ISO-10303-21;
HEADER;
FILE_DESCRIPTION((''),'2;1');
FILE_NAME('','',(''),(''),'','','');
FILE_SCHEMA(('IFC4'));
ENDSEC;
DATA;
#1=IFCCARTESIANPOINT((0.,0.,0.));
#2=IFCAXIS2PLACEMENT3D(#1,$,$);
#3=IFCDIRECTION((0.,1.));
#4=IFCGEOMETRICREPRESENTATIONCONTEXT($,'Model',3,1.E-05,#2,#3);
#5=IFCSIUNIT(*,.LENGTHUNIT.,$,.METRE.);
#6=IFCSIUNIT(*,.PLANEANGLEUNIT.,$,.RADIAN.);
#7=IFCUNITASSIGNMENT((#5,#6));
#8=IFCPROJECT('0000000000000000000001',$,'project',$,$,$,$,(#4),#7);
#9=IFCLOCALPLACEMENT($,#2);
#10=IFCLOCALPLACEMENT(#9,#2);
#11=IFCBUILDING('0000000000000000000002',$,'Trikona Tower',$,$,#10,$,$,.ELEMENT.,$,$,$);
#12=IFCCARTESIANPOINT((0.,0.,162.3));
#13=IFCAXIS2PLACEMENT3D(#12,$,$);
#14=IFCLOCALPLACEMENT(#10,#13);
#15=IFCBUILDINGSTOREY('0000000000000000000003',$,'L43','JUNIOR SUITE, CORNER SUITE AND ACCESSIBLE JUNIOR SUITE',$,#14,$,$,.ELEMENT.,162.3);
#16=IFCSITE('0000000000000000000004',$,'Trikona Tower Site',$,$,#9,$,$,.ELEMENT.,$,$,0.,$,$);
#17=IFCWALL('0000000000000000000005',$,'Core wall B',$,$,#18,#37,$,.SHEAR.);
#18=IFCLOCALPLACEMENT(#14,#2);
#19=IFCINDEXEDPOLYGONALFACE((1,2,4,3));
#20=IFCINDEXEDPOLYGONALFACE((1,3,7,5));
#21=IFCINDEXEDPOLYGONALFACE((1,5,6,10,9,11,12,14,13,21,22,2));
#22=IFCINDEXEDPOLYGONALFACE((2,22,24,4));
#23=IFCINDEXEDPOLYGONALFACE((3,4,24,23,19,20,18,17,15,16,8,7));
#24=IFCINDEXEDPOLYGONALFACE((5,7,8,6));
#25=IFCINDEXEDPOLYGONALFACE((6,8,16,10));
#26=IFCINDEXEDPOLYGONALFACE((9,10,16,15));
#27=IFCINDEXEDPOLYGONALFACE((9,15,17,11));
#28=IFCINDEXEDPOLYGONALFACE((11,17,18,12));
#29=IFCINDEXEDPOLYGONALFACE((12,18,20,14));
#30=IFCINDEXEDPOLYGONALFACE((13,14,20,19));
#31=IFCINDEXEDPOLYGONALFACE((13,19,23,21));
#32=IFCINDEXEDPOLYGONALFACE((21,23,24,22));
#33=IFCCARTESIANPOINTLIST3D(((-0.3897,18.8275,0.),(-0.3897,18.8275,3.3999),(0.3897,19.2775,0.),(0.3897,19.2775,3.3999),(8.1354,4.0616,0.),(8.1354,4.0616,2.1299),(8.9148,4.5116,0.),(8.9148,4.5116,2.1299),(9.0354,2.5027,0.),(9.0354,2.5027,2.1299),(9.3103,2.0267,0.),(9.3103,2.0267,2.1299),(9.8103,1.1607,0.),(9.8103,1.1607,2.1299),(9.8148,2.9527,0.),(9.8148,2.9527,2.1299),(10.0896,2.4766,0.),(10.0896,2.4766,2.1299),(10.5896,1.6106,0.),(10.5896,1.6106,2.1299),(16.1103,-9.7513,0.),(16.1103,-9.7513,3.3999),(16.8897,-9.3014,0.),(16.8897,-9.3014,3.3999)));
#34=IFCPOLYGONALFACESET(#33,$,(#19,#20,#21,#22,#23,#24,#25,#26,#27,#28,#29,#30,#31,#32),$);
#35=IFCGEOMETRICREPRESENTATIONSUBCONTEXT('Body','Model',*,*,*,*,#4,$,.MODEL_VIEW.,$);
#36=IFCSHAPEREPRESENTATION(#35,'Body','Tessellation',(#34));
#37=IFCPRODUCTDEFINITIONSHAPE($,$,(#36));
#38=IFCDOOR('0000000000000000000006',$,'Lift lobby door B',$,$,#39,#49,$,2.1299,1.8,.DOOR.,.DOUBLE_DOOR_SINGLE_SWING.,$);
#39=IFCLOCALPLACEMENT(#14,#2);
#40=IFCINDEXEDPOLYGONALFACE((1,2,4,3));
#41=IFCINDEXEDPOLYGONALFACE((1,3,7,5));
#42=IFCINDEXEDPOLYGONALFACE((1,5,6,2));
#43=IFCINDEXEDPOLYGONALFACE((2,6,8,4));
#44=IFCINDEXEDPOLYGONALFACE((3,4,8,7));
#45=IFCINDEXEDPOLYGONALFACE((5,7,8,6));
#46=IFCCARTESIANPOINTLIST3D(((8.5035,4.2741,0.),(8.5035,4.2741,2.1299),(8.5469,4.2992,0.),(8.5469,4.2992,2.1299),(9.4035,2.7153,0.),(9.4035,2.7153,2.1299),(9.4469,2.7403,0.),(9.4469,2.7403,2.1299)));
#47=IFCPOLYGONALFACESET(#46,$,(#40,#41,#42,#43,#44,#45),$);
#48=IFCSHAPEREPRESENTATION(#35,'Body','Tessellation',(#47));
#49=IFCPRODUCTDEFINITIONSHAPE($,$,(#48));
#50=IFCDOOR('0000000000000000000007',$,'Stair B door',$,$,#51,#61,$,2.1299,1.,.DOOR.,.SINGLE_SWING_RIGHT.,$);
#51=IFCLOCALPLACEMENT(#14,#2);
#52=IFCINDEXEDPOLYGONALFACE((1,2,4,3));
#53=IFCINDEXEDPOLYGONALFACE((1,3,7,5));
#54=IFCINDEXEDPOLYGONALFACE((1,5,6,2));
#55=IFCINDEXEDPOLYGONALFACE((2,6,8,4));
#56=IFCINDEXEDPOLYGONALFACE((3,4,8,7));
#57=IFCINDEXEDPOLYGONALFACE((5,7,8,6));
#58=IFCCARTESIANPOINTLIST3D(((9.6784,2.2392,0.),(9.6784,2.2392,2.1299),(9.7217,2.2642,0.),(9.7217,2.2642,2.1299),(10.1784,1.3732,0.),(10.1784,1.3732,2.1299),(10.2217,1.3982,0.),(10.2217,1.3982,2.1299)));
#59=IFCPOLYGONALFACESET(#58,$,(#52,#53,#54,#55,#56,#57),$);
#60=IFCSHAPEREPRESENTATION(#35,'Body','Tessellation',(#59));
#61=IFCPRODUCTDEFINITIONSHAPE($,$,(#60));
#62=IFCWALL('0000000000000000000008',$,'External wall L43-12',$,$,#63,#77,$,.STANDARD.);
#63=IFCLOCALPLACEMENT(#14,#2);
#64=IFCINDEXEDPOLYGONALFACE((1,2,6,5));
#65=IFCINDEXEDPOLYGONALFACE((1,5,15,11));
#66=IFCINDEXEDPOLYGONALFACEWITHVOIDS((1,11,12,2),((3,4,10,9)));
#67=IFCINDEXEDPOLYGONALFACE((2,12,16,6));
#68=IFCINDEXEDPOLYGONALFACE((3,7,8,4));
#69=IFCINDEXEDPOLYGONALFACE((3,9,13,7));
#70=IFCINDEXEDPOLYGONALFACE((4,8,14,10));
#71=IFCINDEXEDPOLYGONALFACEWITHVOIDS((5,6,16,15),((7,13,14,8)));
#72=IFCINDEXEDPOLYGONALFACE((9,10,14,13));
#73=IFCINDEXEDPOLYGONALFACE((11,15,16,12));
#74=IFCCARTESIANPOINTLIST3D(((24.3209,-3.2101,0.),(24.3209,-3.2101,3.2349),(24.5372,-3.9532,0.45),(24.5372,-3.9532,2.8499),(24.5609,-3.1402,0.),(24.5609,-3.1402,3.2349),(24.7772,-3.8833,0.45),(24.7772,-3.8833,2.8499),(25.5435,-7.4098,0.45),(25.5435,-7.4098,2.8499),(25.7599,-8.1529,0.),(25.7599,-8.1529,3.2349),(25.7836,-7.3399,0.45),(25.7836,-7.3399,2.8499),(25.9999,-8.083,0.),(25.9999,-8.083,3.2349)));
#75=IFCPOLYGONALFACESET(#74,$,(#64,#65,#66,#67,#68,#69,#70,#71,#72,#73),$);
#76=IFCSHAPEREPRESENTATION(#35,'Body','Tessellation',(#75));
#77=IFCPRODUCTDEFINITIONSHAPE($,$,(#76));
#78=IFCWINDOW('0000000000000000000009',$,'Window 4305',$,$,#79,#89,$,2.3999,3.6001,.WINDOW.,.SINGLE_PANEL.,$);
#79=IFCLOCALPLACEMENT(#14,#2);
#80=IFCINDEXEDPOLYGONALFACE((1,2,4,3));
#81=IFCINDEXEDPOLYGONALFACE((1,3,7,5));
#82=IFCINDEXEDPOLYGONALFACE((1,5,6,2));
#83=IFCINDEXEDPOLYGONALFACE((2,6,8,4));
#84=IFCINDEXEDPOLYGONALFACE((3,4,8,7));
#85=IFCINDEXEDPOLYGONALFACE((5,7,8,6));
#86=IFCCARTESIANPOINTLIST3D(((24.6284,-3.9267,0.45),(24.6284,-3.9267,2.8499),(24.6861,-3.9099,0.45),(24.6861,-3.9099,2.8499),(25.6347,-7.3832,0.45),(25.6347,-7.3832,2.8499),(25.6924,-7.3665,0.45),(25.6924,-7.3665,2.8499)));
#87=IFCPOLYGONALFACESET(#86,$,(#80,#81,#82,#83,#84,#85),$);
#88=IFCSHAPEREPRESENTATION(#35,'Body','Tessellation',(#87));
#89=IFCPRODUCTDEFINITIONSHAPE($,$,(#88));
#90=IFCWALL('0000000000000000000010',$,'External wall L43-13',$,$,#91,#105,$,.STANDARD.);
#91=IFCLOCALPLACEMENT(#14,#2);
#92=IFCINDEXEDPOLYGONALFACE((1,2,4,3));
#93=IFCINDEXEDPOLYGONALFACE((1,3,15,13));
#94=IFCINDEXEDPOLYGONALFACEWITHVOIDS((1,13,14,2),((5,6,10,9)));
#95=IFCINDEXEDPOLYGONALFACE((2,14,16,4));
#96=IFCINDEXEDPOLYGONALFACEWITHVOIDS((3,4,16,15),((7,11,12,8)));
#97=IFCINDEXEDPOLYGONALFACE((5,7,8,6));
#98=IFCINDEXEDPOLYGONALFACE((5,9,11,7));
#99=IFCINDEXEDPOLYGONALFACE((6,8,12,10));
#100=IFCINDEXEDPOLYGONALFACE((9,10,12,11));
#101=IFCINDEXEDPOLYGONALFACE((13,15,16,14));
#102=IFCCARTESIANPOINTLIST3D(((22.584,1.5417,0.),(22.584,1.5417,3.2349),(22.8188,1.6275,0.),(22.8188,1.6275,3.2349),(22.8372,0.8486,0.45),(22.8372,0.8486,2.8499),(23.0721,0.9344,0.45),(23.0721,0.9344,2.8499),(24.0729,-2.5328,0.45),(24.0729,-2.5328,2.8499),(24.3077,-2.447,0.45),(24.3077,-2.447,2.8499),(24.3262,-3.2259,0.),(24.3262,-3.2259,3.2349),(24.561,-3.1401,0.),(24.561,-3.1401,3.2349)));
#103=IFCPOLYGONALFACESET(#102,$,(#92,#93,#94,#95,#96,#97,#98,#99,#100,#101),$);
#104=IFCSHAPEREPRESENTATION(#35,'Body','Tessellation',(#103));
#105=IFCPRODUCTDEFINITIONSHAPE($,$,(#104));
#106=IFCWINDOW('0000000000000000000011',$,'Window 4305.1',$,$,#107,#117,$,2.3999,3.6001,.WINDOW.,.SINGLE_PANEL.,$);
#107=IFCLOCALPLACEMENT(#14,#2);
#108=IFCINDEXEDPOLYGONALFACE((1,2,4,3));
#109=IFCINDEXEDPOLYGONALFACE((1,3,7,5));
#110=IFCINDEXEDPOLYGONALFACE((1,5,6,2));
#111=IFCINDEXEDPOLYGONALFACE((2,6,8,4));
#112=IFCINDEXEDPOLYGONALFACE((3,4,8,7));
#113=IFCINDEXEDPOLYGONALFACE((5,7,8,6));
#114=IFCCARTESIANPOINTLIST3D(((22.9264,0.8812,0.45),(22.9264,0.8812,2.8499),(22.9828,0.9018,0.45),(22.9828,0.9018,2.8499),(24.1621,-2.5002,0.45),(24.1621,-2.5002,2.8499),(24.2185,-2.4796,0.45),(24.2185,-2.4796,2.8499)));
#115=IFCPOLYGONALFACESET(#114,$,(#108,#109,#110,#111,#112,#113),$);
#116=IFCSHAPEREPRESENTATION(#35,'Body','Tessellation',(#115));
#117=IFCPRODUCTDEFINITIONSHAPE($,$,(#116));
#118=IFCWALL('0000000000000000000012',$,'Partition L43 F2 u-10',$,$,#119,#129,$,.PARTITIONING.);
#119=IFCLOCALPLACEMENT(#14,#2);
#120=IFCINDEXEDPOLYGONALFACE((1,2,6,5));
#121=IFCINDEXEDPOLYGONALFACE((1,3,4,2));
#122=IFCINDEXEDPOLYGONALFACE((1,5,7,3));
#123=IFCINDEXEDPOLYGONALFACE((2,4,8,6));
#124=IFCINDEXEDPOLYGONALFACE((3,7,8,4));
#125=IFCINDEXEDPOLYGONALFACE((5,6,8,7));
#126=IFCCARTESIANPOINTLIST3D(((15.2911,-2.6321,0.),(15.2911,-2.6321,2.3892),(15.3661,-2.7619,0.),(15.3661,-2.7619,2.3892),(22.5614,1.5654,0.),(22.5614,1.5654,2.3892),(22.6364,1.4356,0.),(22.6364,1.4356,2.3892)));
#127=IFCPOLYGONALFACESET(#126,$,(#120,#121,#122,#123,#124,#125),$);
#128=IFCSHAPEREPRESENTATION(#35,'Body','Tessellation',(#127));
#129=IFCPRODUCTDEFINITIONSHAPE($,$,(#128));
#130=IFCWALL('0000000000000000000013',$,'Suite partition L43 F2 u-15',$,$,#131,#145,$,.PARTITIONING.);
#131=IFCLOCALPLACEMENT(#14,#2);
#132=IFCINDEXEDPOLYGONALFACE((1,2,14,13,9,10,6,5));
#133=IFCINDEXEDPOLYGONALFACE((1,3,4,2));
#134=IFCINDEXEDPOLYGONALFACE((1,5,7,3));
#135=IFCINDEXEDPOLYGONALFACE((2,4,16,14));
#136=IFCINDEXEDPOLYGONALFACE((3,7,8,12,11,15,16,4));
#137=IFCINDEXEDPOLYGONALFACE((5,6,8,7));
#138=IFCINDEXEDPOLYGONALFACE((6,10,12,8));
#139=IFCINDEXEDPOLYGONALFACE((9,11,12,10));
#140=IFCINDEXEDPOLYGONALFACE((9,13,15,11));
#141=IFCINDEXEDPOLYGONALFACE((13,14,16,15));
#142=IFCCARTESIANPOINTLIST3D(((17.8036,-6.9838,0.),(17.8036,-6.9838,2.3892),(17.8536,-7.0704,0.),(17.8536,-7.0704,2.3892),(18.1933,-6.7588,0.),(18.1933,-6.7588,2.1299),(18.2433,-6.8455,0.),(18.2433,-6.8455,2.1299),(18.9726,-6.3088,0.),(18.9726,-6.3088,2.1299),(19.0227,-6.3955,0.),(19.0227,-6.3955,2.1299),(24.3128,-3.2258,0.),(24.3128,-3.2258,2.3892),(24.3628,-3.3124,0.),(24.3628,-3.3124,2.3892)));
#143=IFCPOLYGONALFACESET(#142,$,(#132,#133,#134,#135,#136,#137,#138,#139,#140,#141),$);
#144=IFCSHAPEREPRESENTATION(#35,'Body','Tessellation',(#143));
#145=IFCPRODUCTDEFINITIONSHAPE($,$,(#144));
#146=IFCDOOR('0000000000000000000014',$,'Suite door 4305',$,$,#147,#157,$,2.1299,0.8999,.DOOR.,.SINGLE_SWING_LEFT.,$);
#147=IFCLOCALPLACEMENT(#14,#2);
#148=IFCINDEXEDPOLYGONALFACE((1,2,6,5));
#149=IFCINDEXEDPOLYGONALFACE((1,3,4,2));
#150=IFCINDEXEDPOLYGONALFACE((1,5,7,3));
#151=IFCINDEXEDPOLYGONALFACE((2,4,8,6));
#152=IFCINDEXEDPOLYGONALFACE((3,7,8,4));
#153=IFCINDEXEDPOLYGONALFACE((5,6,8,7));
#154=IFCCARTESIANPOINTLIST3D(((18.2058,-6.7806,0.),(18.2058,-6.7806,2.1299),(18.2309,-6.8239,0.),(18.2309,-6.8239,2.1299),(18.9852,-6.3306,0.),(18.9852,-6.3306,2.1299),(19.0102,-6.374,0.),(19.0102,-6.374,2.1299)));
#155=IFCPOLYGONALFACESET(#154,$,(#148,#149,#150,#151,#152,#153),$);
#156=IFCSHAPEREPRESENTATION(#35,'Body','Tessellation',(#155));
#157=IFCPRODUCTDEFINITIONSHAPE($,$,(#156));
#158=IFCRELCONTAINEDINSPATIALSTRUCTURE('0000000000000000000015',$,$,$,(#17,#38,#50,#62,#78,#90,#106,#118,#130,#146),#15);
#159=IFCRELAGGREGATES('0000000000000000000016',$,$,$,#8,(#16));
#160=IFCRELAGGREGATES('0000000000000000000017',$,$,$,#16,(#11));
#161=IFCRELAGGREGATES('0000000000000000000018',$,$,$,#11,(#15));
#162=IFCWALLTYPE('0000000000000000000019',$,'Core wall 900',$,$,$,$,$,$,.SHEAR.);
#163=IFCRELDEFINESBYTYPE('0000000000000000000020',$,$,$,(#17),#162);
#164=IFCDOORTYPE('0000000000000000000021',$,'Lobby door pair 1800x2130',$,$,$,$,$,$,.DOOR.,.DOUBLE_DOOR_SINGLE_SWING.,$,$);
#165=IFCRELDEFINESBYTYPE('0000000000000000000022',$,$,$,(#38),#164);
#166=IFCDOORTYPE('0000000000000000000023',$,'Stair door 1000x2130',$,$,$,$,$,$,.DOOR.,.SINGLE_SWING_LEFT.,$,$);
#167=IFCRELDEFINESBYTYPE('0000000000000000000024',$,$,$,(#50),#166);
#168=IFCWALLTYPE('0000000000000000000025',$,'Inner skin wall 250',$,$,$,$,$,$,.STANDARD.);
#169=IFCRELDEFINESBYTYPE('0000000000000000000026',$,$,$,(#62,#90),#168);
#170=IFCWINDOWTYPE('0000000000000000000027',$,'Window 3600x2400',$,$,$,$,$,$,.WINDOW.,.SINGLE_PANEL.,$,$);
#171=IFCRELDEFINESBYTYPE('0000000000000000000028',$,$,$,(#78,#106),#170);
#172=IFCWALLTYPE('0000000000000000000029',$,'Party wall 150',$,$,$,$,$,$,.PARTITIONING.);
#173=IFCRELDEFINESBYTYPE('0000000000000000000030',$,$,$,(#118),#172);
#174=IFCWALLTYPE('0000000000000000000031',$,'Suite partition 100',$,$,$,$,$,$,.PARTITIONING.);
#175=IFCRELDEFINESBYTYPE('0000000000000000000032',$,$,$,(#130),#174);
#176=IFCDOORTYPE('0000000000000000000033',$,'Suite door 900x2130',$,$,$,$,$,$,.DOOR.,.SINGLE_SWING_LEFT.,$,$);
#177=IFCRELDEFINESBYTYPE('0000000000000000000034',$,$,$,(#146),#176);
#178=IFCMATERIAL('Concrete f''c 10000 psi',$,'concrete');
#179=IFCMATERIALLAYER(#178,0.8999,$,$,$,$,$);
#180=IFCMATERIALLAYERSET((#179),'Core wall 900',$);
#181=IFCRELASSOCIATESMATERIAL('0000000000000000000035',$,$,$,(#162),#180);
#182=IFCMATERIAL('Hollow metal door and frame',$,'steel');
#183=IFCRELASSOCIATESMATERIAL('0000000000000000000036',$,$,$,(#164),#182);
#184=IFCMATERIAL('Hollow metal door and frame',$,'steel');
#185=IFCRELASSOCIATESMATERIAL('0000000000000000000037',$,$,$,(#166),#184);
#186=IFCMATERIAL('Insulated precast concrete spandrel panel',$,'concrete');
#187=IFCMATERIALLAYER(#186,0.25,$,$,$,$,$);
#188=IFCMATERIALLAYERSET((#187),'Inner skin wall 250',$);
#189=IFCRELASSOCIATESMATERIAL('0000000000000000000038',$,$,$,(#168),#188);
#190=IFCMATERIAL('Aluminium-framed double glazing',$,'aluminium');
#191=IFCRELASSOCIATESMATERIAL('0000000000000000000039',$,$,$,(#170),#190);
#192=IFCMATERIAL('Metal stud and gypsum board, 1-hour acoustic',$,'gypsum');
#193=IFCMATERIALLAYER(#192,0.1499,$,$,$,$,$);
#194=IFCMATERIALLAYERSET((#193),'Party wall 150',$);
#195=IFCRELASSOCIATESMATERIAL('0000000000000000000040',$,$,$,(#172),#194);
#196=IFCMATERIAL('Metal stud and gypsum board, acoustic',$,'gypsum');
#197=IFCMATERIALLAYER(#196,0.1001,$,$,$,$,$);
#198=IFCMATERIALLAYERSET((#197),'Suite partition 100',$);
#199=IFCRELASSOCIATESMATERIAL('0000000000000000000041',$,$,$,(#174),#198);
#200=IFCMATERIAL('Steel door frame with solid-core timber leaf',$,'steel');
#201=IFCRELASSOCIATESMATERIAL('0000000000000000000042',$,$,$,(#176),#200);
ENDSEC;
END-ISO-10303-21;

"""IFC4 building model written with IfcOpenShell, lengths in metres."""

from ifc_helpers import new_model, si_unit, direction, frame, frame_2d, origin, place, context, subcontext, project, spatial, rectangle, extrude, material, layer, layer_set, type_object, element, fill, save


model = new_model("IFC4")

# Units and contexts
model_context = context("Model", 3, precision=1e-05, world=origin(), true_north=direction((0.0, 1.0)))
body_context = subcontext(model_context, "Body", "Model", "MODEL_VIEW")
ifc_project = project(units=[si_unit("LENGTHUNIT", "METRE"), si_unit("PLANEANGLEUNIT", "RADIAN")], contexts=[model_context])

# Site, building, storey
site_placement = place(None, origin())
site = spatial("IfcSite", under=ifc_project, at=site_placement, Name="Trikona Tower Site", CompositionType="ELEMENT", RefElevation=0.0)
building_placement = place(site_placement, origin())
building = spatial("IfcBuilding", under=site, at=building_placement, Name="Trikona Tower", CompositionType="ELEMENT")
storey_placement = place(building_placement, frame((0.0, 0.0, 162.3)))
storey = spatial("IfcBuildingStorey", under=building, at=storey_placement, Name="L43", Description="JUNIOR SUITE, CORNER SUITE AND ACCESSIBLE JUNIOR SUITE", CompositionType="ELEMENT", Elevation=162.3)

# Wall, openings, doors
ifc_material_1 = material(Name="Concrete f'c 10000 psi", Category="concrete")
ifc_layer_1 = layer(ifc_material_1, 0.8999)
ifc_layer_set_1 = layer_set([ifc_layer_1], Name="Core wall 900")
wall_type_1 = type_object("IfcWallType", Name="Core wall 900", PredefinedType="SHEAR", material=ifc_layer_set_1)
wall_1_placement = place(storey_placement, frame((16.5, -9.5264, 0.0), z_axis=(0.0, 0.0, 1.0), x_axis=(-0.5, 0.866026, 0.0)))
wall_1 = element("IfcWall", 1, at=wall_1_placement, inside=storey, type_object=wall_type_1, Name="Core wall B", PredefinedType="SHEAR", context=body_context, shape_type="SweptSolid", body=[
    extrude(rectangle(XDim=33.0, YDim=0.8999, at=frame_2d((16.5, 0.0))), origin(), (0.0, 0.0, 1.0), 3.3999),
])
opening_1_placement = place(wall_1_placement, frame((14.1499, 0.0, 0.0)))
opening_1 = element("IfcOpeningElement", 2, at=opening_1_placement, cuts=wall_1, PredefinedType="OPENING", context=body_context, shape_type="SweptSolid", body=[
    extrude(rectangle(XDim=1.8, YDim=2.1299, at=frame_2d((0.8999, 1.0649))), frame((0.0, 0.46, 0.0), z_axis=(0.0, -1.0, 0.0), x_axis=(1.0, 0.0, 0.0)), (0.0, 0.0, 1.0), 0.9199),
])
opening_2_placement = place(wall_1_placement, frame((12.6001, 0.0, 0.0)))
opening_2 = element("IfcOpeningElement", 3, at=opening_2_placement, cuts=wall_1, PredefinedType="OPENING", context=body_context, shape_type="SweptSolid", body=[
    extrude(rectangle(XDim=1.0, YDim=2.1299, at=frame_2d((0.5, 1.0649))), frame((0.0, 0.46, 0.0), z_axis=(0.0, -1.0, 0.0), x_axis=(1.0, 0.0, 0.0)), (0.0, 0.0, 1.0), 0.9199),
])
ifc_material_2 = material(Name="Hollow metal door and frame", Category="steel")
door_type_1 = type_object("IfcDoorType", Name="Lobby door pair 1800x2130", OperationType="DOUBLE_DOOR_SINGLE_SWING", PredefinedType="DOOR", material=ifc_material_2)
door_1_placement = place(opening_1_placement, origin())
door_1 = element("IfcDoor", 4, at=door_1_placement, inside=storey, type_object=door_type_1, Name="Lift lobby door B", OperationType="DOUBLE_DOOR_SINGLE_SWING", OverallHeight=2.1299, OverallWidth=1.8, PredefinedType="DOOR", context=body_context, shape_type="SweptSolid", body=[
    extrude(rectangle(XDim=1.8, YDim=2.1299, at=frame_2d((0.8999, 1.0649))), frame((0.0, 0.0249, 0.0), z_axis=(0.0, -1.0, 0.0), x_axis=(1.0, 0.0, 0.0)), (0.0, 0.0, 1.0), 0.05),
])
fill(opening_1, door_1)
ifc_material_3 = material(Name="Hollow metal door and frame", Category="steel")
door_type_2 = type_object("IfcDoorType", Name="Stair door 1000x2130", OperationType="SINGLE_SWING_LEFT", PredefinedType="DOOR", material=ifc_material_3)
door_2_placement = place(opening_2_placement, origin())
door_2 = element("IfcDoor", 5, at=door_2_placement, inside=storey, type_object=door_type_2, Name="Stair B door", OperationType="SINGLE_SWING_RIGHT", OverallHeight=2.1299, OverallWidth=1.0, PredefinedType="DOOR", context=body_context, shape_type="SweptSolid", body=[
    extrude(rectangle(XDim=1.0, YDim=2.1299, at=frame_2d((0.5, 1.0649))), frame((0.0, 0.0249, 0.0), z_axis=(0.0, -1.0, 0.0), x_axis=(1.0, 0.0, 0.0)), (0.0, 0.0, 1.0), 0.05),
])
fill(opening_2, door_2)

# Walls, openings, windows
ifc_material_4 = material(Name="Insulated precast concrete spandrel panel", Category="concrete")
ifc_layer_2 = layer(ifc_material_4, 0.25)
ifc_layer_set_2 = layer_set([ifc_layer_2], Name="Inner skin wall 250")
wall_type_2 = type_object("IfcWallType", Name="Inner skin wall 250", PredefinedType="STANDARD", material=ifc_layer_set_2)
wall_2_placement = place(storey_placement, frame((25.8799, -8.1179, 0.0), z_axis=(0.0, 0.0, 1.0), x_axis=(-0.279528, 0.960137, 0.0)))
wall_2 = element("IfcWall", 6, at=wall_2_placement, inside=storey, type_object=wall_type_2, Name="External wall L43-12", PredefinedType="STANDARD", context=body_context, shape_type="SweptSolid", body=[
    extrude(rectangle(XDim=5.1479, YDim=0.25, at=frame_2d((2.574, 0.0))), origin(), (0.0, 0.0, 1.0), 3.2349),
])
opening_3_placement = place(wall_2_placement, frame((0.7739, 0.0, 0.45)))
opening_3 = element("IfcOpeningElement", 7, at=opening_3_placement, cuts=wall_2, PredefinedType="OPENING", context=body_context, shape_type="SweptSolid", body=[
    extrude(rectangle(XDim=3.6001, YDim=2.3999, at=frame_2d((1.8, 1.2))), frame((0.0, 0.135, 0.0), z_axis=(0.0, -1.0, 0.0), x_axis=(1.0, 0.0, 0.0)), (0.0, 0.0, 1.0), 0.27),
])
ifc_material_5 = material(Name="Aluminium-framed double glazing", Category="aluminium")
window_type = type_object("IfcWindowType", Name="Window 3600x2400", PartitioningType="SINGLE_PANEL", PredefinedType="WINDOW", material=ifc_material_5)
window_1_placement = place(opening_3_placement, origin())
window_1 = element("IfcWindow", 8, at=window_1_placement, inside=storey, type_object=window_type, Name="Window 4305", OverallHeight=2.3999, OverallWidth=3.6001, PartitioningType="SINGLE_PANEL", PredefinedType="WINDOW", context=body_context, shape_type="SweptSolid", body=[
    extrude(rectangle(XDim=3.6001, YDim=2.3999, at=frame_2d((1.8, 1.2))), frame((0.0, 0.03, 0.0), z_axis=(0.0, -1.0, 0.0), x_axis=(1.0, 0.0, 0.0)), (0.0, 0.0, 1.0), 0.0601),
])
fill(opening_3, window_1)
wall_3_placement = place(storey_placement, frame((24.4436, -3.1831, 0.0), z_axis=(0.0, 0.0, 1.0), x_axis=(-0.343226, 0.939253, 0.0)))
wall_3 = element("IfcWall", 9, at=wall_3_placement, inside=storey, type_object=wall_type_2, Name="External wall L43-13", PredefinedType="STANDARD", context=body_context, shape_type="SweptSolid", body=[
    extrude(rectangle(XDim=5.0759, YDim=0.25, at=frame_2d((2.5381, 0.0))), origin(), (0.0, 0.0, 1.0), 3.2349),
])
opening_4_placement = place(wall_3_placement, frame((0.738, 0.0, 0.45)))
opening_4 = element("IfcOpeningElement", 10, at=opening_4_placement, cuts=wall_3, PredefinedType="OPENING", context=body_context, shape_type="SweptSolid", body=[
    extrude(rectangle(XDim=3.6001, YDim=2.3999, at=frame_2d((1.8, 1.2))), frame((0.0, 0.135, 0.0), z_axis=(0.0, -1.0, 0.0), x_axis=(1.0, 0.0, 0.0)), (0.0, 0.0, 1.0), 0.27),
])
window_2_placement = place(opening_4_placement, origin())
window_2 = element("IfcWindow", 11, at=window_2_placement, inside=storey, type_object=window_type, Name="Window 4305.1", OverallHeight=2.3999, OverallWidth=3.6001, PartitioningType="SINGLE_PANEL", PredefinedType="WINDOW", context=body_context, shape_type="SweptSolid", body=[
    extrude(rectangle(XDim=3.6001, YDim=2.3999, at=frame_2d((1.8, 1.2))), frame((0.0, 0.03, 0.0), z_axis=(0.0, -1.0, 0.0), x_axis=(1.0, 0.0, 0.0)), (0.0, 0.0, 1.0), 0.0601),
])
fill(opening_4, window_2)

# Wall
ifc_material_6 = material(Name="Metal stud and gypsum board, 1-hour acoustic", Category="gypsum")
ifc_layer_3 = layer(ifc_material_6, 0.1499)
ifc_layer_set_3 = layer_set([ifc_layer_3], Name="Party wall 150")
wall_type_3 = type_object("IfcWallType", Name="Party wall 150", PredefinedType="PARTITIONING", material=ifc_layer_set_3)
wall_4_placement = place(storey_placement, frame((15.3286, -2.697, 0.0), z_axis=(0.0, 0.0, 1.0), x_axis=(0.866024, 0.500002, 0.0)))
element("IfcWall", 12, at=wall_4_placement, inside=storey, type_object=wall_type_3, Name="Partition L43 F2 u-10", PredefinedType="PARTITIONING", context=body_context, shape_type="SweptSolid", body=[
    extrude(rectangle(XDim=8.395, YDim=0.1499, at=frame_2d((4.1975, 0.0))), origin(), (0.0, 0.0, 1.0), 2.3892),
])

# Wall, opening, door
ifc_material_7 = material(Name="Metal stud and gypsum board, acoustic", Category="gypsum")
ifc_layer_4 = layer(ifc_material_7, 0.1001)
ifc_layer_set_4 = layer_set([ifc_layer_4], Name="Suite partition 100")
wall_type_4 = type_object("IfcWallType", Name="Suite partition 100", PredefinedType="PARTITIONING", material=ifc_layer_set_4)
wall_5_placement = place(storey_placement, frame((17.8286, -7.0271, 0.0), z_axis=(0.0, 0.0, 1.0), x_axis=(0.86603, 0.499992, 0.0)))
wall_5 = element("IfcWall", 13, at=wall_5_placement, inside=storey, type_object=wall_type_4, Name="Suite partition L43 F2 u-15", PredefinedType="PARTITIONING", context=body_context, shape_type="SweptSolid", body=[
    extrude(rectangle(XDim=7.5161, YDim=0.1001, at=frame_2d((3.7581, 0.0))), origin(), (0.0, 0.0, 1.0), 2.3892),
])
opening_5_placement = place(wall_5_placement, frame((0.45, 0.0, 0.0)))
opening_5 = element("IfcOpeningElement", 14, at=opening_5_placement, cuts=wall_5, PredefinedType="OPENING", context=body_context, shape_type="SweptSolid", body=[
    extrude(rectangle(XDim=0.8999, YDim=2.1299, at=frame_2d((0.45, 1.0649))), frame((0.0, 0.0601, 0.0), z_axis=(0.0, -1.0, 0.0), x_axis=(1.0, 0.0, 0.0)), (0.0, 0.0, 1.0), 0.1201),
])
ifc_material_8 = material(Name="Steel door frame with solid-core timber leaf", Category="steel")
door_type_3 = type_object("IfcDoorType", Name="Suite door 900x2130", OperationType="SINGLE_SWING_LEFT", PredefinedType="DOOR", material=ifc_material_8)
door_3_placement = place(opening_5_placement, origin())
door_3 = element("IfcDoor", 15, at=door_3_placement, inside=storey, type_object=door_type_3, Name="Suite door 4305", OperationType="SINGLE_SWING_LEFT", OverallHeight=2.1299, OverallWidth=0.8999, PredefinedType="DOOR", context=body_context, shape_type="SweptSolid", body=[
    extrude(rectangle(XDim=0.8999, YDim=2.1299, at=frame_2d((0.45, 1.0649))), frame((0.0, 0.0249, 0.0), z_axis=(0.0, -1.0, 0.0), x_axis=(1.0, 0.0, 0.0)), (0.0, 0.0, 1.0), 0.05),
])
fill(opening_5, door_3)

save(model, "model.ifc")
